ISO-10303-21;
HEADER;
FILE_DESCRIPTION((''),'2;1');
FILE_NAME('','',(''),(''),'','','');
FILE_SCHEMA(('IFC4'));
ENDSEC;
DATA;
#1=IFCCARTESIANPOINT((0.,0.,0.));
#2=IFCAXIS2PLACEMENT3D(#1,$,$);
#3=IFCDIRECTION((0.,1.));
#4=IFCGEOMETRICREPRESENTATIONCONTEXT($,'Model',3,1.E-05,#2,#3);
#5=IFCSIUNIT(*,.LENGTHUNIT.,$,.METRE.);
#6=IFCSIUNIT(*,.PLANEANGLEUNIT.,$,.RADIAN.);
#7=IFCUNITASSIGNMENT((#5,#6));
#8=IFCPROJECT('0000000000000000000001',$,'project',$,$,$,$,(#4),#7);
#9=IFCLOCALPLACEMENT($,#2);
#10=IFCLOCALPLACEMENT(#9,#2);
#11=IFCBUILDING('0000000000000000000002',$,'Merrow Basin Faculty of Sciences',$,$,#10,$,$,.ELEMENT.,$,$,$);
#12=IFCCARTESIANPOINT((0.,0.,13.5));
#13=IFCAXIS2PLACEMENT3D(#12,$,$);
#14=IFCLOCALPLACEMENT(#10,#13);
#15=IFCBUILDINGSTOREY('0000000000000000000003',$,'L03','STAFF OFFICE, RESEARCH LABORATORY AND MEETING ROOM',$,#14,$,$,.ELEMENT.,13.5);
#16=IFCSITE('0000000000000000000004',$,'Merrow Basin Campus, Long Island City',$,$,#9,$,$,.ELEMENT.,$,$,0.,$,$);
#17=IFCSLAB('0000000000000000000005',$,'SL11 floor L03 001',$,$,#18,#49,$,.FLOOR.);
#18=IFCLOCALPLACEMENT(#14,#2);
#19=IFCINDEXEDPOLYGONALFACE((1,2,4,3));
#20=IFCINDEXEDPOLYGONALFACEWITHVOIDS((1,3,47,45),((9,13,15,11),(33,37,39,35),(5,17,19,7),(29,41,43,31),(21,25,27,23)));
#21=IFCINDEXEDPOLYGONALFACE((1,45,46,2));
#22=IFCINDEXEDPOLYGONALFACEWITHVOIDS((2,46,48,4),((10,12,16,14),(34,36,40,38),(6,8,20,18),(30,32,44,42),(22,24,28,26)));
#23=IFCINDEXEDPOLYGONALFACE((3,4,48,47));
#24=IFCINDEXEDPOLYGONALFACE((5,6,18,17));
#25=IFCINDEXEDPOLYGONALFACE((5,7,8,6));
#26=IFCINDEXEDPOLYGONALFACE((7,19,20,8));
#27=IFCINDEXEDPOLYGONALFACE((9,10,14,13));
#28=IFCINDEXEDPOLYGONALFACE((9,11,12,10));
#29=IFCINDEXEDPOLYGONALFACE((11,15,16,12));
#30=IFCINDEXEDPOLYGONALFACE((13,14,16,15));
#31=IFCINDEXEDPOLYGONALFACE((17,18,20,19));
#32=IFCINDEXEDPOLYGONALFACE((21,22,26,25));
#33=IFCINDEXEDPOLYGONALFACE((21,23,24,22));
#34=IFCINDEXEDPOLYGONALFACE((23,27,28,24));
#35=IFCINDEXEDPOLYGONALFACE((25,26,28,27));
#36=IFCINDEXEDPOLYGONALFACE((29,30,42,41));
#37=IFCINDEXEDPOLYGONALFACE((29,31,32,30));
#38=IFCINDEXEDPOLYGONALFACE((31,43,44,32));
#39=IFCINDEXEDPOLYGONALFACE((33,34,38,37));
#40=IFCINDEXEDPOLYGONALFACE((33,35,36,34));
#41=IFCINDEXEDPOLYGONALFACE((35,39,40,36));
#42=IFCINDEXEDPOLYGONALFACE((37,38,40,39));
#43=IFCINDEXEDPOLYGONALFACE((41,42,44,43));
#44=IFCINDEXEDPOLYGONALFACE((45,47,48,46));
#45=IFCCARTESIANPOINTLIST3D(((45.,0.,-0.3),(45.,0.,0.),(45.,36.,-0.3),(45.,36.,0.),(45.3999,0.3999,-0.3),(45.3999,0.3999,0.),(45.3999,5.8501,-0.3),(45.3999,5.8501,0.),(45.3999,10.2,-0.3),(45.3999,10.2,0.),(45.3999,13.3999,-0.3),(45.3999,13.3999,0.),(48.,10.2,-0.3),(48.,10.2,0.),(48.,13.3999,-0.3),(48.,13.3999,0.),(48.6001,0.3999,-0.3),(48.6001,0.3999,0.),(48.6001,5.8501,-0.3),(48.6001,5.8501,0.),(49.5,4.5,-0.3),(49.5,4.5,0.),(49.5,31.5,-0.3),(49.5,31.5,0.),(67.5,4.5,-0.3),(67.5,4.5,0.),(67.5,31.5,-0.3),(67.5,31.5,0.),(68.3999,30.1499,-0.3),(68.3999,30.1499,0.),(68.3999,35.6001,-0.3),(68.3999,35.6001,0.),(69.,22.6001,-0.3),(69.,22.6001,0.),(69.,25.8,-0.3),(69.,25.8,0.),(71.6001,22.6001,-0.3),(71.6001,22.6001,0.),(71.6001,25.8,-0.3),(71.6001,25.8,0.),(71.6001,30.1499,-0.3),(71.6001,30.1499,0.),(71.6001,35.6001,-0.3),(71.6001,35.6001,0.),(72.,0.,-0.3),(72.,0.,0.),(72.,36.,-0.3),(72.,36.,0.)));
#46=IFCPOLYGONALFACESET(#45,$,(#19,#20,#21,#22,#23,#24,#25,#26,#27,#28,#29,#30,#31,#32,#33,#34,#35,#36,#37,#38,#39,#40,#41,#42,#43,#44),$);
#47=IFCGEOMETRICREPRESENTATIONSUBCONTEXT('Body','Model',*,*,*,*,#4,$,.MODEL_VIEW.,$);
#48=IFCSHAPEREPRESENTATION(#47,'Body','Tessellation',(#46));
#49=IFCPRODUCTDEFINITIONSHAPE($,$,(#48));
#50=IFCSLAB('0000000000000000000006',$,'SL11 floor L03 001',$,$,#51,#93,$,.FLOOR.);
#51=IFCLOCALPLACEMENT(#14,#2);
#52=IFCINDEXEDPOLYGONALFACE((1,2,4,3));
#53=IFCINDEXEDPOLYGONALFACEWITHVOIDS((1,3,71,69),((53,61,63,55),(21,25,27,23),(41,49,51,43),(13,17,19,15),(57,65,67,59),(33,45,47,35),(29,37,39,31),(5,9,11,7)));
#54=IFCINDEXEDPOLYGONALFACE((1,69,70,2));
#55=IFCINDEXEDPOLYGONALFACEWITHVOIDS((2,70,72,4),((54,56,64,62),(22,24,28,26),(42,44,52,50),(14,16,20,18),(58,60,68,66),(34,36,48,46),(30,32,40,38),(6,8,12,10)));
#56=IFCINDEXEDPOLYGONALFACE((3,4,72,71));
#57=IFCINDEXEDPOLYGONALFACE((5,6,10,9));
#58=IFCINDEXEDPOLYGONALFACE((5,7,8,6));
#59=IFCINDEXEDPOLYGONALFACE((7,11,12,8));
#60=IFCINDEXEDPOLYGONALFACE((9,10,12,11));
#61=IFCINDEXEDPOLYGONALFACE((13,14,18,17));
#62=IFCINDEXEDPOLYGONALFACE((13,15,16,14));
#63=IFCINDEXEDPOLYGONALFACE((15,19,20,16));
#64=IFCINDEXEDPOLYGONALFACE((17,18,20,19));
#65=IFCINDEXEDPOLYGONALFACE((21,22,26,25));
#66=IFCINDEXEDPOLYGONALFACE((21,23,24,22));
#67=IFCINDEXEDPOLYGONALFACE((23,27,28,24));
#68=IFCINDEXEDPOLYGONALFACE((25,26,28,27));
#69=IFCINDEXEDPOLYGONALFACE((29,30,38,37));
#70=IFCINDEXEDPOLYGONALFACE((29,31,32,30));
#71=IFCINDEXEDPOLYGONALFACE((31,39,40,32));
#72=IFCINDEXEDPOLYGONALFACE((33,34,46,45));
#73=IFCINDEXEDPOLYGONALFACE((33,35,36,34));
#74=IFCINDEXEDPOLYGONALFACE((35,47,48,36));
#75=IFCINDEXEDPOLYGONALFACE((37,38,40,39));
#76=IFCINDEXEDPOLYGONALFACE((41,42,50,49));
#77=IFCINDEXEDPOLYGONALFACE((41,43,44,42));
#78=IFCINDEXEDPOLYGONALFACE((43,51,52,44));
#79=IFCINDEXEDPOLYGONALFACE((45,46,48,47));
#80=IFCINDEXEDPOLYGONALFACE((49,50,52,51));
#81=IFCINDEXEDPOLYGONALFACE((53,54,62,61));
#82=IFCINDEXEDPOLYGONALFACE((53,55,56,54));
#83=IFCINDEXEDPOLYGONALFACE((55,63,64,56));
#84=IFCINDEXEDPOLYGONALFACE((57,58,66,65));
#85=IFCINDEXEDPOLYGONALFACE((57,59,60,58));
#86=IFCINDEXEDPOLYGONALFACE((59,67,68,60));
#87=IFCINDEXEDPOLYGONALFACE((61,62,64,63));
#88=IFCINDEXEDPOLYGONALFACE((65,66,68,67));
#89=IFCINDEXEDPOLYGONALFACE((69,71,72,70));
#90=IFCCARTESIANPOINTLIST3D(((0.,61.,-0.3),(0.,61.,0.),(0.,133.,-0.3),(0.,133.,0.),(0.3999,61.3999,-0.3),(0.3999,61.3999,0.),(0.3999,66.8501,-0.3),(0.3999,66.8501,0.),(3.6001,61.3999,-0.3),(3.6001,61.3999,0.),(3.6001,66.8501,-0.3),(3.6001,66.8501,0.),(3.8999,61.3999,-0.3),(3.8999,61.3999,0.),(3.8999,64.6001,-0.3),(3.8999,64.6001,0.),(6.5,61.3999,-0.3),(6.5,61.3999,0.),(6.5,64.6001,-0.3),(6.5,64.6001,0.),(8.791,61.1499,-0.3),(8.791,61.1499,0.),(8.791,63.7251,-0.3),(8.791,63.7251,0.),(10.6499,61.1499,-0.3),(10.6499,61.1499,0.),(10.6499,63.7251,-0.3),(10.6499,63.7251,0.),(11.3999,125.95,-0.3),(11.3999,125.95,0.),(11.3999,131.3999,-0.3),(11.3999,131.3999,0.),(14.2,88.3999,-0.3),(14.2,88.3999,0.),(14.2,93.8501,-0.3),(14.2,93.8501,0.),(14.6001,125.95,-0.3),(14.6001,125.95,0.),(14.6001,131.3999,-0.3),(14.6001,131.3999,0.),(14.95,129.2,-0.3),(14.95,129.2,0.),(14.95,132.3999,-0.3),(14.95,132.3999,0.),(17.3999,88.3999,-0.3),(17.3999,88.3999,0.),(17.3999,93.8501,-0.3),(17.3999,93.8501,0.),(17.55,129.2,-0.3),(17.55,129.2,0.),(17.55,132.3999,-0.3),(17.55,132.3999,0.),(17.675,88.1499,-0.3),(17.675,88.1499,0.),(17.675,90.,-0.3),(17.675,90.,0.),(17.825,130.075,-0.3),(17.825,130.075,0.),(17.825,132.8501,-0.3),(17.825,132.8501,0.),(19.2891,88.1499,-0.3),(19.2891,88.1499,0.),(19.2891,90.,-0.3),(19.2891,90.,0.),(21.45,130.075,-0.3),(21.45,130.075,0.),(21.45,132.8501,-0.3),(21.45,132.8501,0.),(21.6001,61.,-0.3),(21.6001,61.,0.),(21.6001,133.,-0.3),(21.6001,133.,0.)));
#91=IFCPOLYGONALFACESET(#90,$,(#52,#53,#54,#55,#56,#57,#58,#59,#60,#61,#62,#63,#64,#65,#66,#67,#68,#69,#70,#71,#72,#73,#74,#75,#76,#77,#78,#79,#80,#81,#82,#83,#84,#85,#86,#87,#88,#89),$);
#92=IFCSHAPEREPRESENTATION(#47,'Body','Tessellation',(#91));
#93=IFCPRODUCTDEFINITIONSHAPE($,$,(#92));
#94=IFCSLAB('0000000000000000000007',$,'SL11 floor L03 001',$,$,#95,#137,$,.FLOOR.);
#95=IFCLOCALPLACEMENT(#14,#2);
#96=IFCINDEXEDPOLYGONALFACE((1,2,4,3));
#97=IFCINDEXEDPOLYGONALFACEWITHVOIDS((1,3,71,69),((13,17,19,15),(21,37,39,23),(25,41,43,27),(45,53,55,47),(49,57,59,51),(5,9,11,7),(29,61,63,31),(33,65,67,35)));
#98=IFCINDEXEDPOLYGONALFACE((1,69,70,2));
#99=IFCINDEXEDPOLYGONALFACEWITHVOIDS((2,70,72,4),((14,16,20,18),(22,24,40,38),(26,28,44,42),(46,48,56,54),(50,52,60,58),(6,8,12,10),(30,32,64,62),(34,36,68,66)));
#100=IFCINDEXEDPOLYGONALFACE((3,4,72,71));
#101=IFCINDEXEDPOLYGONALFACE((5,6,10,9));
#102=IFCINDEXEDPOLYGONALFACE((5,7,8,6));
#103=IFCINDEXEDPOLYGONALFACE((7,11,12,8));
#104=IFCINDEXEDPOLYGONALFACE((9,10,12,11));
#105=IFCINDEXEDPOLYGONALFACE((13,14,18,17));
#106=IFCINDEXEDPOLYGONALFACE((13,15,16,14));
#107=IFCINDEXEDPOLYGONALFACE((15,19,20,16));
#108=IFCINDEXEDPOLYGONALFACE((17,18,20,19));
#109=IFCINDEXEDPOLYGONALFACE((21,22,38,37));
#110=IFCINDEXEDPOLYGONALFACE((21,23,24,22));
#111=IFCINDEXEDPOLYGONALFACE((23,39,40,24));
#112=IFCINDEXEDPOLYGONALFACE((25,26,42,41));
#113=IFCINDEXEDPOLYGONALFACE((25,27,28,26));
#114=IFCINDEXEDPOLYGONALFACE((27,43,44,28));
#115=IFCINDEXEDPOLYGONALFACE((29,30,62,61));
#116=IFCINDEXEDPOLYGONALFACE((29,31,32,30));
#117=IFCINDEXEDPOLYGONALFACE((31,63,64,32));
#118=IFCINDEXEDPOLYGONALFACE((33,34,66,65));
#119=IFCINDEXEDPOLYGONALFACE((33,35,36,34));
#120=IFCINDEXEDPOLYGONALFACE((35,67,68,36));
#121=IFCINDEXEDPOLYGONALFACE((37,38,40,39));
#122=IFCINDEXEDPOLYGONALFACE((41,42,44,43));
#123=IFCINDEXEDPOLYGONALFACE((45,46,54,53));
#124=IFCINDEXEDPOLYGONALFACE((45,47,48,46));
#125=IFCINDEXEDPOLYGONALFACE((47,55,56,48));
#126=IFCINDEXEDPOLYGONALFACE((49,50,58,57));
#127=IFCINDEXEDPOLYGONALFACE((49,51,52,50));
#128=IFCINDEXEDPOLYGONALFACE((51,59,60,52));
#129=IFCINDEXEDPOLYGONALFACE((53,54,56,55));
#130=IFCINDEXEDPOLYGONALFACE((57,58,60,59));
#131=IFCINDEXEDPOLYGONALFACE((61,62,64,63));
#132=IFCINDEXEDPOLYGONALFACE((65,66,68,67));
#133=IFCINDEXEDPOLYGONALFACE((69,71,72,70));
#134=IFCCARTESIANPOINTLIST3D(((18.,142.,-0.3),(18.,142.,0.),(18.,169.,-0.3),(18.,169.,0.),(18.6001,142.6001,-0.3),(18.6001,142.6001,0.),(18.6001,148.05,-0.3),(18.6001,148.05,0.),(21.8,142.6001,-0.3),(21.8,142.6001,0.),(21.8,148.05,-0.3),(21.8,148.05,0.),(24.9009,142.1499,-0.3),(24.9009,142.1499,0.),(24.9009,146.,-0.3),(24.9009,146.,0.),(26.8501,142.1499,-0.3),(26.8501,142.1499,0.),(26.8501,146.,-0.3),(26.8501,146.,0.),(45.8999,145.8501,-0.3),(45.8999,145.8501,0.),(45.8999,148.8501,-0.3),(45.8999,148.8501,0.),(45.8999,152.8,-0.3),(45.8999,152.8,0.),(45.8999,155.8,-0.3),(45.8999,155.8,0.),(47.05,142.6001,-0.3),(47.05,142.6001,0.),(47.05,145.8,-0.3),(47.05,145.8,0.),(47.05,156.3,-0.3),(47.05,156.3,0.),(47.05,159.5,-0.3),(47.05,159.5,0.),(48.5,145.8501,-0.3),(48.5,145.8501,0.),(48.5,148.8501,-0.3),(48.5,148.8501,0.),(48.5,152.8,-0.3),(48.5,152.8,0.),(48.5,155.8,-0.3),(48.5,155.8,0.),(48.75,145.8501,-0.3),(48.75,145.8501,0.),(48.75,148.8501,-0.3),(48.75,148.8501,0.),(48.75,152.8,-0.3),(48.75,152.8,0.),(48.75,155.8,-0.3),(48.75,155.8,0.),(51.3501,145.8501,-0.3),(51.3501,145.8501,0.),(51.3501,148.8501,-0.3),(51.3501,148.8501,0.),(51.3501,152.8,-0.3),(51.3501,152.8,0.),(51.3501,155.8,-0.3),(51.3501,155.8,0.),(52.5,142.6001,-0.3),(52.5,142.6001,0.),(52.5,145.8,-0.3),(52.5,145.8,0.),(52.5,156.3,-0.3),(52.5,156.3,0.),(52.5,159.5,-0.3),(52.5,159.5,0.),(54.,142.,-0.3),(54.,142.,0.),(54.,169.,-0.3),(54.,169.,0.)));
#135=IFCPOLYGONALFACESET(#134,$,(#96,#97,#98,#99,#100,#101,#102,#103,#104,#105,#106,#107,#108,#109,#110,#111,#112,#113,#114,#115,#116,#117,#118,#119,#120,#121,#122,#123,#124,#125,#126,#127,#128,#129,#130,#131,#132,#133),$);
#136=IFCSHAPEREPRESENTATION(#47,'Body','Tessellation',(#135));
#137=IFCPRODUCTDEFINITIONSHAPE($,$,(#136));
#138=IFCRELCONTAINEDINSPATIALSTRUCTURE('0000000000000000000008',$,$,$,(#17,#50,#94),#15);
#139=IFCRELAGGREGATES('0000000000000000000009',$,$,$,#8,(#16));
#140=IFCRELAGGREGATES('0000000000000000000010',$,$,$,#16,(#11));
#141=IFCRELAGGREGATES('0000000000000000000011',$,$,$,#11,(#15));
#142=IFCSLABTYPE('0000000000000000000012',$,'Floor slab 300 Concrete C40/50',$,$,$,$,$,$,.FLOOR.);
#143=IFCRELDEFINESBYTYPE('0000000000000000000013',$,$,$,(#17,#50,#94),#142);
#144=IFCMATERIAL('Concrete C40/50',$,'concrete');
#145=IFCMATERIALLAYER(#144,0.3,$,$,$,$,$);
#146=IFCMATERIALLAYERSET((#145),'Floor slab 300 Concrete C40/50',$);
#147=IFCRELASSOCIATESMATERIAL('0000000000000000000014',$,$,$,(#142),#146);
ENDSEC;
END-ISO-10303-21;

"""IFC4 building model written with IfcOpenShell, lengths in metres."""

from ifc_helpers import new_model, si_unit, direction, frame, origin, place, context, subcontext, project, spatial, polyline, outline, extrude, material, layer, layer_set, type_object, element, save


model = new_model("IFC4")

# Units and contexts
model_context = context("Model", 3, precision=1e-05, world=origin(), true_north=direction((0.0, 1.0)))
body_context = subcontext(model_context, "Body", "Model", "MODEL_VIEW")
ifc_project = project(units=[si_unit("LENGTHUNIT", "METRE"), si_unit("PLANEANGLEUNIT", "RADIAN")], contexts=[model_context])

# Site, building, storey
site_placement = place(None, origin())
site = spatial("IfcSite", under=ifc_project, at=site_placement, Name="Merrow Basin Campus, Long Island City", CompositionType="ELEMENT", RefElevation=0.0)
building_placement = place(site_placement, origin())
building = spatial("IfcBuilding", under=site, at=building_placement, Name="Merrow Basin Faculty of Sciences", CompositionType="ELEMENT")
storey_placement = place(building_placement, frame((0.0, 0.0, 13.5)))
storey = spatial("IfcBuildingStorey", under=building, at=storey_placement, Name="L03", Description="STAFF OFFICE, RESEARCH LABORATORY AND MEETING ROOM", CompositionType="ELEMENT", Elevation=13.5)

# Slabs
ifc_material_1 = material(Name="Concrete C40/50", Category="concrete")
ifc_layer_1 = layer(ifc_material_1, 0.3)
ifc_layer_set_1 = layer_set([ifc_layer_1], Name="Floor slab 300 Concrete C40/50")
slab_type_1 = type_object("IfcSlabType", Name="Floor slab 300 Concrete C40/50", PredefinedType="FLOOR", material=ifc_layer_set_1)
slab_1_placement = place(storey_placement, frame((0.0, 0.0, -0.3)))
element("IfcSlab", 1, at=slab_1_placement, inside=storey, type_object=slab_type_1, Name="SL11 floor L03 001", PredefinedType="FLOOR", context=body_context, shape_type="SweptSolid", body=[
    extrude(outline(polyline([(72.0, 36.0), (72.0, 0.0), (45.0, 0.0), (45.0, 36.0), (72.0, 36.0)]), holes=[polyline([(71.6001, 22.6001), (71.6001, 25.8), (69.0, 25.8), (69.0, 22.6001), (71.6001, 22.6001)]), polyline([(71.6001, 30.1499), (71.6001, 35.6001), (68.3999, 35.6001), (68.3999, 30.1499), (71.6001, 30.1499)]), polyline([(49.5, 4.5), (67.5, 4.5), (67.5, 31.5), (49.5, 31.5), (49.5, 4.5)]), polyline([(48.6001, 0.3999), (48.6001, 5.8501), (45.3999, 5.8501), (45.3999, 0.3999), (48.6001, 0.3999)]), polyline([(48.0, 10.2), (48.0, 13.3999), (45.3999, 13.3999), (45.3999, 10.2), (48.0, 10.2)])]), origin(), (0.0, 0.0, 1.0), 0.3),
])
slab_2_placement = place(storey_placement, frame((0.0, 0.0, -0.3)))
element("IfcSlab", 2, at=slab_2_placement, inside=storey, type_object=slab_type_1, Name="SL11 floor L03 001", PredefinedType="FLOOR", context=body_context, shape_type="SweptSolid", body=[
    extrude(outline(polyline([(0.0, 133.0), (21.6001, 133.0), (21.6001, 61.0), (0.0, 61.0), (0.0, 133.0)]), holes=[polyline([(17.825, 130.075), (21.45, 130.075), (21.45, 132.8501), (17.825, 132.8501), (17.825, 130.075)]), polyline([(17.675, 88.1499), (19.2891, 88.1499), (19.2891, 90.0), (17.675, 90.0), (17.675, 88.1499)]), polyline([(14.95, 129.2), (17.55, 129.2), (17.55, 132.3999), (14.95, 132.3999), (14.95, 129.2)]), polyline([(14.2, 88.3999), (17.3999, 88.3999), (17.3999, 93.8501), (14.2, 93.8501), (14.2, 88.3999)]), polyline([(11.3999, 125.95), (14.6001, 125.95), (14.6001, 131.3999), (11.3999, 131.3999), (11.3999, 125.95)]), polyline([(8.791, 61.1499), (10.6499, 61.1499), (10.6499, 63.7251), (8.791, 63.7251), (8.791, 61.1499)]), polyline([(3.8999, 61.3999), (6.5, 61.3999), (6.5, 64.6001), (3.8999, 64.6001), (3.8999, 61.3999)]), polyline([(0.3999, 61.3999), (3.6001, 61.3999), (3.6001, 66.8501), (0.3999, 66.8501), (0.3999, 61.3999)])]), origin(), (0.0, 0.0, 1.0), 0.3),
])
slab_3_placement = place(storey_placement, frame((0.0, 0.0, -0.3)))
element("IfcSlab", 3, at=slab_3_placement, inside=storey, type_object=slab_type_1, Name="SL11 floor L03 001", PredefinedType="FLOOR", context=body_context, shape_type="SweptSolid", body=[
    extrude(outline(polyline([(18.0, 169.0), (54.0, 169.0), (54.0, 142.0), (18.0, 142.0), (18.0, 169.0)]), holes=[polyline([(47.05, 142.6001), (52.5, 142.6001), (52.5, 145.8), (47.05, 145.8), (47.05, 142.6001)]), polyline([(47.05, 156.3), (52.5, 156.3), (52.5, 159.5), (47.05, 159.5), (47.05, 156.3)]), polyline([(48.75, 145.8501), (51.3501, 145.8501), (51.3501, 148.8501), (48.75, 148.8501), (48.75, 145.8501)]), polyline([(48.75, 152.8), (51.3501, 152.8), (51.3501, 155.8), (48.75, 155.8), (48.75, 152.8)]), polyline([(45.8999, 145.8501), (48.5, 145.8501), (48.5, 148.8501), (45.8999, 148.8501), (45.8999, 145.8501)]), polyline([(45.8999, 152.8), (48.5, 152.8), (48.5, 155.8), (45.8999, 155.8), (45.8999, 152.8)]), polyline([(24.9009, 142.1499), (26.8501, 142.1499), (26.8501, 146.0), (24.9009, 146.0), (24.9009, 142.1499)]), polyline([(18.6001, 142.6001), (21.8, 142.6001), (21.8, 148.05), (18.6001, 148.05), (18.6001, 142.6001)])]), origin(), (0.0, 0.0, 1.0), 0.3),
])

save(model, "model.ifc")
